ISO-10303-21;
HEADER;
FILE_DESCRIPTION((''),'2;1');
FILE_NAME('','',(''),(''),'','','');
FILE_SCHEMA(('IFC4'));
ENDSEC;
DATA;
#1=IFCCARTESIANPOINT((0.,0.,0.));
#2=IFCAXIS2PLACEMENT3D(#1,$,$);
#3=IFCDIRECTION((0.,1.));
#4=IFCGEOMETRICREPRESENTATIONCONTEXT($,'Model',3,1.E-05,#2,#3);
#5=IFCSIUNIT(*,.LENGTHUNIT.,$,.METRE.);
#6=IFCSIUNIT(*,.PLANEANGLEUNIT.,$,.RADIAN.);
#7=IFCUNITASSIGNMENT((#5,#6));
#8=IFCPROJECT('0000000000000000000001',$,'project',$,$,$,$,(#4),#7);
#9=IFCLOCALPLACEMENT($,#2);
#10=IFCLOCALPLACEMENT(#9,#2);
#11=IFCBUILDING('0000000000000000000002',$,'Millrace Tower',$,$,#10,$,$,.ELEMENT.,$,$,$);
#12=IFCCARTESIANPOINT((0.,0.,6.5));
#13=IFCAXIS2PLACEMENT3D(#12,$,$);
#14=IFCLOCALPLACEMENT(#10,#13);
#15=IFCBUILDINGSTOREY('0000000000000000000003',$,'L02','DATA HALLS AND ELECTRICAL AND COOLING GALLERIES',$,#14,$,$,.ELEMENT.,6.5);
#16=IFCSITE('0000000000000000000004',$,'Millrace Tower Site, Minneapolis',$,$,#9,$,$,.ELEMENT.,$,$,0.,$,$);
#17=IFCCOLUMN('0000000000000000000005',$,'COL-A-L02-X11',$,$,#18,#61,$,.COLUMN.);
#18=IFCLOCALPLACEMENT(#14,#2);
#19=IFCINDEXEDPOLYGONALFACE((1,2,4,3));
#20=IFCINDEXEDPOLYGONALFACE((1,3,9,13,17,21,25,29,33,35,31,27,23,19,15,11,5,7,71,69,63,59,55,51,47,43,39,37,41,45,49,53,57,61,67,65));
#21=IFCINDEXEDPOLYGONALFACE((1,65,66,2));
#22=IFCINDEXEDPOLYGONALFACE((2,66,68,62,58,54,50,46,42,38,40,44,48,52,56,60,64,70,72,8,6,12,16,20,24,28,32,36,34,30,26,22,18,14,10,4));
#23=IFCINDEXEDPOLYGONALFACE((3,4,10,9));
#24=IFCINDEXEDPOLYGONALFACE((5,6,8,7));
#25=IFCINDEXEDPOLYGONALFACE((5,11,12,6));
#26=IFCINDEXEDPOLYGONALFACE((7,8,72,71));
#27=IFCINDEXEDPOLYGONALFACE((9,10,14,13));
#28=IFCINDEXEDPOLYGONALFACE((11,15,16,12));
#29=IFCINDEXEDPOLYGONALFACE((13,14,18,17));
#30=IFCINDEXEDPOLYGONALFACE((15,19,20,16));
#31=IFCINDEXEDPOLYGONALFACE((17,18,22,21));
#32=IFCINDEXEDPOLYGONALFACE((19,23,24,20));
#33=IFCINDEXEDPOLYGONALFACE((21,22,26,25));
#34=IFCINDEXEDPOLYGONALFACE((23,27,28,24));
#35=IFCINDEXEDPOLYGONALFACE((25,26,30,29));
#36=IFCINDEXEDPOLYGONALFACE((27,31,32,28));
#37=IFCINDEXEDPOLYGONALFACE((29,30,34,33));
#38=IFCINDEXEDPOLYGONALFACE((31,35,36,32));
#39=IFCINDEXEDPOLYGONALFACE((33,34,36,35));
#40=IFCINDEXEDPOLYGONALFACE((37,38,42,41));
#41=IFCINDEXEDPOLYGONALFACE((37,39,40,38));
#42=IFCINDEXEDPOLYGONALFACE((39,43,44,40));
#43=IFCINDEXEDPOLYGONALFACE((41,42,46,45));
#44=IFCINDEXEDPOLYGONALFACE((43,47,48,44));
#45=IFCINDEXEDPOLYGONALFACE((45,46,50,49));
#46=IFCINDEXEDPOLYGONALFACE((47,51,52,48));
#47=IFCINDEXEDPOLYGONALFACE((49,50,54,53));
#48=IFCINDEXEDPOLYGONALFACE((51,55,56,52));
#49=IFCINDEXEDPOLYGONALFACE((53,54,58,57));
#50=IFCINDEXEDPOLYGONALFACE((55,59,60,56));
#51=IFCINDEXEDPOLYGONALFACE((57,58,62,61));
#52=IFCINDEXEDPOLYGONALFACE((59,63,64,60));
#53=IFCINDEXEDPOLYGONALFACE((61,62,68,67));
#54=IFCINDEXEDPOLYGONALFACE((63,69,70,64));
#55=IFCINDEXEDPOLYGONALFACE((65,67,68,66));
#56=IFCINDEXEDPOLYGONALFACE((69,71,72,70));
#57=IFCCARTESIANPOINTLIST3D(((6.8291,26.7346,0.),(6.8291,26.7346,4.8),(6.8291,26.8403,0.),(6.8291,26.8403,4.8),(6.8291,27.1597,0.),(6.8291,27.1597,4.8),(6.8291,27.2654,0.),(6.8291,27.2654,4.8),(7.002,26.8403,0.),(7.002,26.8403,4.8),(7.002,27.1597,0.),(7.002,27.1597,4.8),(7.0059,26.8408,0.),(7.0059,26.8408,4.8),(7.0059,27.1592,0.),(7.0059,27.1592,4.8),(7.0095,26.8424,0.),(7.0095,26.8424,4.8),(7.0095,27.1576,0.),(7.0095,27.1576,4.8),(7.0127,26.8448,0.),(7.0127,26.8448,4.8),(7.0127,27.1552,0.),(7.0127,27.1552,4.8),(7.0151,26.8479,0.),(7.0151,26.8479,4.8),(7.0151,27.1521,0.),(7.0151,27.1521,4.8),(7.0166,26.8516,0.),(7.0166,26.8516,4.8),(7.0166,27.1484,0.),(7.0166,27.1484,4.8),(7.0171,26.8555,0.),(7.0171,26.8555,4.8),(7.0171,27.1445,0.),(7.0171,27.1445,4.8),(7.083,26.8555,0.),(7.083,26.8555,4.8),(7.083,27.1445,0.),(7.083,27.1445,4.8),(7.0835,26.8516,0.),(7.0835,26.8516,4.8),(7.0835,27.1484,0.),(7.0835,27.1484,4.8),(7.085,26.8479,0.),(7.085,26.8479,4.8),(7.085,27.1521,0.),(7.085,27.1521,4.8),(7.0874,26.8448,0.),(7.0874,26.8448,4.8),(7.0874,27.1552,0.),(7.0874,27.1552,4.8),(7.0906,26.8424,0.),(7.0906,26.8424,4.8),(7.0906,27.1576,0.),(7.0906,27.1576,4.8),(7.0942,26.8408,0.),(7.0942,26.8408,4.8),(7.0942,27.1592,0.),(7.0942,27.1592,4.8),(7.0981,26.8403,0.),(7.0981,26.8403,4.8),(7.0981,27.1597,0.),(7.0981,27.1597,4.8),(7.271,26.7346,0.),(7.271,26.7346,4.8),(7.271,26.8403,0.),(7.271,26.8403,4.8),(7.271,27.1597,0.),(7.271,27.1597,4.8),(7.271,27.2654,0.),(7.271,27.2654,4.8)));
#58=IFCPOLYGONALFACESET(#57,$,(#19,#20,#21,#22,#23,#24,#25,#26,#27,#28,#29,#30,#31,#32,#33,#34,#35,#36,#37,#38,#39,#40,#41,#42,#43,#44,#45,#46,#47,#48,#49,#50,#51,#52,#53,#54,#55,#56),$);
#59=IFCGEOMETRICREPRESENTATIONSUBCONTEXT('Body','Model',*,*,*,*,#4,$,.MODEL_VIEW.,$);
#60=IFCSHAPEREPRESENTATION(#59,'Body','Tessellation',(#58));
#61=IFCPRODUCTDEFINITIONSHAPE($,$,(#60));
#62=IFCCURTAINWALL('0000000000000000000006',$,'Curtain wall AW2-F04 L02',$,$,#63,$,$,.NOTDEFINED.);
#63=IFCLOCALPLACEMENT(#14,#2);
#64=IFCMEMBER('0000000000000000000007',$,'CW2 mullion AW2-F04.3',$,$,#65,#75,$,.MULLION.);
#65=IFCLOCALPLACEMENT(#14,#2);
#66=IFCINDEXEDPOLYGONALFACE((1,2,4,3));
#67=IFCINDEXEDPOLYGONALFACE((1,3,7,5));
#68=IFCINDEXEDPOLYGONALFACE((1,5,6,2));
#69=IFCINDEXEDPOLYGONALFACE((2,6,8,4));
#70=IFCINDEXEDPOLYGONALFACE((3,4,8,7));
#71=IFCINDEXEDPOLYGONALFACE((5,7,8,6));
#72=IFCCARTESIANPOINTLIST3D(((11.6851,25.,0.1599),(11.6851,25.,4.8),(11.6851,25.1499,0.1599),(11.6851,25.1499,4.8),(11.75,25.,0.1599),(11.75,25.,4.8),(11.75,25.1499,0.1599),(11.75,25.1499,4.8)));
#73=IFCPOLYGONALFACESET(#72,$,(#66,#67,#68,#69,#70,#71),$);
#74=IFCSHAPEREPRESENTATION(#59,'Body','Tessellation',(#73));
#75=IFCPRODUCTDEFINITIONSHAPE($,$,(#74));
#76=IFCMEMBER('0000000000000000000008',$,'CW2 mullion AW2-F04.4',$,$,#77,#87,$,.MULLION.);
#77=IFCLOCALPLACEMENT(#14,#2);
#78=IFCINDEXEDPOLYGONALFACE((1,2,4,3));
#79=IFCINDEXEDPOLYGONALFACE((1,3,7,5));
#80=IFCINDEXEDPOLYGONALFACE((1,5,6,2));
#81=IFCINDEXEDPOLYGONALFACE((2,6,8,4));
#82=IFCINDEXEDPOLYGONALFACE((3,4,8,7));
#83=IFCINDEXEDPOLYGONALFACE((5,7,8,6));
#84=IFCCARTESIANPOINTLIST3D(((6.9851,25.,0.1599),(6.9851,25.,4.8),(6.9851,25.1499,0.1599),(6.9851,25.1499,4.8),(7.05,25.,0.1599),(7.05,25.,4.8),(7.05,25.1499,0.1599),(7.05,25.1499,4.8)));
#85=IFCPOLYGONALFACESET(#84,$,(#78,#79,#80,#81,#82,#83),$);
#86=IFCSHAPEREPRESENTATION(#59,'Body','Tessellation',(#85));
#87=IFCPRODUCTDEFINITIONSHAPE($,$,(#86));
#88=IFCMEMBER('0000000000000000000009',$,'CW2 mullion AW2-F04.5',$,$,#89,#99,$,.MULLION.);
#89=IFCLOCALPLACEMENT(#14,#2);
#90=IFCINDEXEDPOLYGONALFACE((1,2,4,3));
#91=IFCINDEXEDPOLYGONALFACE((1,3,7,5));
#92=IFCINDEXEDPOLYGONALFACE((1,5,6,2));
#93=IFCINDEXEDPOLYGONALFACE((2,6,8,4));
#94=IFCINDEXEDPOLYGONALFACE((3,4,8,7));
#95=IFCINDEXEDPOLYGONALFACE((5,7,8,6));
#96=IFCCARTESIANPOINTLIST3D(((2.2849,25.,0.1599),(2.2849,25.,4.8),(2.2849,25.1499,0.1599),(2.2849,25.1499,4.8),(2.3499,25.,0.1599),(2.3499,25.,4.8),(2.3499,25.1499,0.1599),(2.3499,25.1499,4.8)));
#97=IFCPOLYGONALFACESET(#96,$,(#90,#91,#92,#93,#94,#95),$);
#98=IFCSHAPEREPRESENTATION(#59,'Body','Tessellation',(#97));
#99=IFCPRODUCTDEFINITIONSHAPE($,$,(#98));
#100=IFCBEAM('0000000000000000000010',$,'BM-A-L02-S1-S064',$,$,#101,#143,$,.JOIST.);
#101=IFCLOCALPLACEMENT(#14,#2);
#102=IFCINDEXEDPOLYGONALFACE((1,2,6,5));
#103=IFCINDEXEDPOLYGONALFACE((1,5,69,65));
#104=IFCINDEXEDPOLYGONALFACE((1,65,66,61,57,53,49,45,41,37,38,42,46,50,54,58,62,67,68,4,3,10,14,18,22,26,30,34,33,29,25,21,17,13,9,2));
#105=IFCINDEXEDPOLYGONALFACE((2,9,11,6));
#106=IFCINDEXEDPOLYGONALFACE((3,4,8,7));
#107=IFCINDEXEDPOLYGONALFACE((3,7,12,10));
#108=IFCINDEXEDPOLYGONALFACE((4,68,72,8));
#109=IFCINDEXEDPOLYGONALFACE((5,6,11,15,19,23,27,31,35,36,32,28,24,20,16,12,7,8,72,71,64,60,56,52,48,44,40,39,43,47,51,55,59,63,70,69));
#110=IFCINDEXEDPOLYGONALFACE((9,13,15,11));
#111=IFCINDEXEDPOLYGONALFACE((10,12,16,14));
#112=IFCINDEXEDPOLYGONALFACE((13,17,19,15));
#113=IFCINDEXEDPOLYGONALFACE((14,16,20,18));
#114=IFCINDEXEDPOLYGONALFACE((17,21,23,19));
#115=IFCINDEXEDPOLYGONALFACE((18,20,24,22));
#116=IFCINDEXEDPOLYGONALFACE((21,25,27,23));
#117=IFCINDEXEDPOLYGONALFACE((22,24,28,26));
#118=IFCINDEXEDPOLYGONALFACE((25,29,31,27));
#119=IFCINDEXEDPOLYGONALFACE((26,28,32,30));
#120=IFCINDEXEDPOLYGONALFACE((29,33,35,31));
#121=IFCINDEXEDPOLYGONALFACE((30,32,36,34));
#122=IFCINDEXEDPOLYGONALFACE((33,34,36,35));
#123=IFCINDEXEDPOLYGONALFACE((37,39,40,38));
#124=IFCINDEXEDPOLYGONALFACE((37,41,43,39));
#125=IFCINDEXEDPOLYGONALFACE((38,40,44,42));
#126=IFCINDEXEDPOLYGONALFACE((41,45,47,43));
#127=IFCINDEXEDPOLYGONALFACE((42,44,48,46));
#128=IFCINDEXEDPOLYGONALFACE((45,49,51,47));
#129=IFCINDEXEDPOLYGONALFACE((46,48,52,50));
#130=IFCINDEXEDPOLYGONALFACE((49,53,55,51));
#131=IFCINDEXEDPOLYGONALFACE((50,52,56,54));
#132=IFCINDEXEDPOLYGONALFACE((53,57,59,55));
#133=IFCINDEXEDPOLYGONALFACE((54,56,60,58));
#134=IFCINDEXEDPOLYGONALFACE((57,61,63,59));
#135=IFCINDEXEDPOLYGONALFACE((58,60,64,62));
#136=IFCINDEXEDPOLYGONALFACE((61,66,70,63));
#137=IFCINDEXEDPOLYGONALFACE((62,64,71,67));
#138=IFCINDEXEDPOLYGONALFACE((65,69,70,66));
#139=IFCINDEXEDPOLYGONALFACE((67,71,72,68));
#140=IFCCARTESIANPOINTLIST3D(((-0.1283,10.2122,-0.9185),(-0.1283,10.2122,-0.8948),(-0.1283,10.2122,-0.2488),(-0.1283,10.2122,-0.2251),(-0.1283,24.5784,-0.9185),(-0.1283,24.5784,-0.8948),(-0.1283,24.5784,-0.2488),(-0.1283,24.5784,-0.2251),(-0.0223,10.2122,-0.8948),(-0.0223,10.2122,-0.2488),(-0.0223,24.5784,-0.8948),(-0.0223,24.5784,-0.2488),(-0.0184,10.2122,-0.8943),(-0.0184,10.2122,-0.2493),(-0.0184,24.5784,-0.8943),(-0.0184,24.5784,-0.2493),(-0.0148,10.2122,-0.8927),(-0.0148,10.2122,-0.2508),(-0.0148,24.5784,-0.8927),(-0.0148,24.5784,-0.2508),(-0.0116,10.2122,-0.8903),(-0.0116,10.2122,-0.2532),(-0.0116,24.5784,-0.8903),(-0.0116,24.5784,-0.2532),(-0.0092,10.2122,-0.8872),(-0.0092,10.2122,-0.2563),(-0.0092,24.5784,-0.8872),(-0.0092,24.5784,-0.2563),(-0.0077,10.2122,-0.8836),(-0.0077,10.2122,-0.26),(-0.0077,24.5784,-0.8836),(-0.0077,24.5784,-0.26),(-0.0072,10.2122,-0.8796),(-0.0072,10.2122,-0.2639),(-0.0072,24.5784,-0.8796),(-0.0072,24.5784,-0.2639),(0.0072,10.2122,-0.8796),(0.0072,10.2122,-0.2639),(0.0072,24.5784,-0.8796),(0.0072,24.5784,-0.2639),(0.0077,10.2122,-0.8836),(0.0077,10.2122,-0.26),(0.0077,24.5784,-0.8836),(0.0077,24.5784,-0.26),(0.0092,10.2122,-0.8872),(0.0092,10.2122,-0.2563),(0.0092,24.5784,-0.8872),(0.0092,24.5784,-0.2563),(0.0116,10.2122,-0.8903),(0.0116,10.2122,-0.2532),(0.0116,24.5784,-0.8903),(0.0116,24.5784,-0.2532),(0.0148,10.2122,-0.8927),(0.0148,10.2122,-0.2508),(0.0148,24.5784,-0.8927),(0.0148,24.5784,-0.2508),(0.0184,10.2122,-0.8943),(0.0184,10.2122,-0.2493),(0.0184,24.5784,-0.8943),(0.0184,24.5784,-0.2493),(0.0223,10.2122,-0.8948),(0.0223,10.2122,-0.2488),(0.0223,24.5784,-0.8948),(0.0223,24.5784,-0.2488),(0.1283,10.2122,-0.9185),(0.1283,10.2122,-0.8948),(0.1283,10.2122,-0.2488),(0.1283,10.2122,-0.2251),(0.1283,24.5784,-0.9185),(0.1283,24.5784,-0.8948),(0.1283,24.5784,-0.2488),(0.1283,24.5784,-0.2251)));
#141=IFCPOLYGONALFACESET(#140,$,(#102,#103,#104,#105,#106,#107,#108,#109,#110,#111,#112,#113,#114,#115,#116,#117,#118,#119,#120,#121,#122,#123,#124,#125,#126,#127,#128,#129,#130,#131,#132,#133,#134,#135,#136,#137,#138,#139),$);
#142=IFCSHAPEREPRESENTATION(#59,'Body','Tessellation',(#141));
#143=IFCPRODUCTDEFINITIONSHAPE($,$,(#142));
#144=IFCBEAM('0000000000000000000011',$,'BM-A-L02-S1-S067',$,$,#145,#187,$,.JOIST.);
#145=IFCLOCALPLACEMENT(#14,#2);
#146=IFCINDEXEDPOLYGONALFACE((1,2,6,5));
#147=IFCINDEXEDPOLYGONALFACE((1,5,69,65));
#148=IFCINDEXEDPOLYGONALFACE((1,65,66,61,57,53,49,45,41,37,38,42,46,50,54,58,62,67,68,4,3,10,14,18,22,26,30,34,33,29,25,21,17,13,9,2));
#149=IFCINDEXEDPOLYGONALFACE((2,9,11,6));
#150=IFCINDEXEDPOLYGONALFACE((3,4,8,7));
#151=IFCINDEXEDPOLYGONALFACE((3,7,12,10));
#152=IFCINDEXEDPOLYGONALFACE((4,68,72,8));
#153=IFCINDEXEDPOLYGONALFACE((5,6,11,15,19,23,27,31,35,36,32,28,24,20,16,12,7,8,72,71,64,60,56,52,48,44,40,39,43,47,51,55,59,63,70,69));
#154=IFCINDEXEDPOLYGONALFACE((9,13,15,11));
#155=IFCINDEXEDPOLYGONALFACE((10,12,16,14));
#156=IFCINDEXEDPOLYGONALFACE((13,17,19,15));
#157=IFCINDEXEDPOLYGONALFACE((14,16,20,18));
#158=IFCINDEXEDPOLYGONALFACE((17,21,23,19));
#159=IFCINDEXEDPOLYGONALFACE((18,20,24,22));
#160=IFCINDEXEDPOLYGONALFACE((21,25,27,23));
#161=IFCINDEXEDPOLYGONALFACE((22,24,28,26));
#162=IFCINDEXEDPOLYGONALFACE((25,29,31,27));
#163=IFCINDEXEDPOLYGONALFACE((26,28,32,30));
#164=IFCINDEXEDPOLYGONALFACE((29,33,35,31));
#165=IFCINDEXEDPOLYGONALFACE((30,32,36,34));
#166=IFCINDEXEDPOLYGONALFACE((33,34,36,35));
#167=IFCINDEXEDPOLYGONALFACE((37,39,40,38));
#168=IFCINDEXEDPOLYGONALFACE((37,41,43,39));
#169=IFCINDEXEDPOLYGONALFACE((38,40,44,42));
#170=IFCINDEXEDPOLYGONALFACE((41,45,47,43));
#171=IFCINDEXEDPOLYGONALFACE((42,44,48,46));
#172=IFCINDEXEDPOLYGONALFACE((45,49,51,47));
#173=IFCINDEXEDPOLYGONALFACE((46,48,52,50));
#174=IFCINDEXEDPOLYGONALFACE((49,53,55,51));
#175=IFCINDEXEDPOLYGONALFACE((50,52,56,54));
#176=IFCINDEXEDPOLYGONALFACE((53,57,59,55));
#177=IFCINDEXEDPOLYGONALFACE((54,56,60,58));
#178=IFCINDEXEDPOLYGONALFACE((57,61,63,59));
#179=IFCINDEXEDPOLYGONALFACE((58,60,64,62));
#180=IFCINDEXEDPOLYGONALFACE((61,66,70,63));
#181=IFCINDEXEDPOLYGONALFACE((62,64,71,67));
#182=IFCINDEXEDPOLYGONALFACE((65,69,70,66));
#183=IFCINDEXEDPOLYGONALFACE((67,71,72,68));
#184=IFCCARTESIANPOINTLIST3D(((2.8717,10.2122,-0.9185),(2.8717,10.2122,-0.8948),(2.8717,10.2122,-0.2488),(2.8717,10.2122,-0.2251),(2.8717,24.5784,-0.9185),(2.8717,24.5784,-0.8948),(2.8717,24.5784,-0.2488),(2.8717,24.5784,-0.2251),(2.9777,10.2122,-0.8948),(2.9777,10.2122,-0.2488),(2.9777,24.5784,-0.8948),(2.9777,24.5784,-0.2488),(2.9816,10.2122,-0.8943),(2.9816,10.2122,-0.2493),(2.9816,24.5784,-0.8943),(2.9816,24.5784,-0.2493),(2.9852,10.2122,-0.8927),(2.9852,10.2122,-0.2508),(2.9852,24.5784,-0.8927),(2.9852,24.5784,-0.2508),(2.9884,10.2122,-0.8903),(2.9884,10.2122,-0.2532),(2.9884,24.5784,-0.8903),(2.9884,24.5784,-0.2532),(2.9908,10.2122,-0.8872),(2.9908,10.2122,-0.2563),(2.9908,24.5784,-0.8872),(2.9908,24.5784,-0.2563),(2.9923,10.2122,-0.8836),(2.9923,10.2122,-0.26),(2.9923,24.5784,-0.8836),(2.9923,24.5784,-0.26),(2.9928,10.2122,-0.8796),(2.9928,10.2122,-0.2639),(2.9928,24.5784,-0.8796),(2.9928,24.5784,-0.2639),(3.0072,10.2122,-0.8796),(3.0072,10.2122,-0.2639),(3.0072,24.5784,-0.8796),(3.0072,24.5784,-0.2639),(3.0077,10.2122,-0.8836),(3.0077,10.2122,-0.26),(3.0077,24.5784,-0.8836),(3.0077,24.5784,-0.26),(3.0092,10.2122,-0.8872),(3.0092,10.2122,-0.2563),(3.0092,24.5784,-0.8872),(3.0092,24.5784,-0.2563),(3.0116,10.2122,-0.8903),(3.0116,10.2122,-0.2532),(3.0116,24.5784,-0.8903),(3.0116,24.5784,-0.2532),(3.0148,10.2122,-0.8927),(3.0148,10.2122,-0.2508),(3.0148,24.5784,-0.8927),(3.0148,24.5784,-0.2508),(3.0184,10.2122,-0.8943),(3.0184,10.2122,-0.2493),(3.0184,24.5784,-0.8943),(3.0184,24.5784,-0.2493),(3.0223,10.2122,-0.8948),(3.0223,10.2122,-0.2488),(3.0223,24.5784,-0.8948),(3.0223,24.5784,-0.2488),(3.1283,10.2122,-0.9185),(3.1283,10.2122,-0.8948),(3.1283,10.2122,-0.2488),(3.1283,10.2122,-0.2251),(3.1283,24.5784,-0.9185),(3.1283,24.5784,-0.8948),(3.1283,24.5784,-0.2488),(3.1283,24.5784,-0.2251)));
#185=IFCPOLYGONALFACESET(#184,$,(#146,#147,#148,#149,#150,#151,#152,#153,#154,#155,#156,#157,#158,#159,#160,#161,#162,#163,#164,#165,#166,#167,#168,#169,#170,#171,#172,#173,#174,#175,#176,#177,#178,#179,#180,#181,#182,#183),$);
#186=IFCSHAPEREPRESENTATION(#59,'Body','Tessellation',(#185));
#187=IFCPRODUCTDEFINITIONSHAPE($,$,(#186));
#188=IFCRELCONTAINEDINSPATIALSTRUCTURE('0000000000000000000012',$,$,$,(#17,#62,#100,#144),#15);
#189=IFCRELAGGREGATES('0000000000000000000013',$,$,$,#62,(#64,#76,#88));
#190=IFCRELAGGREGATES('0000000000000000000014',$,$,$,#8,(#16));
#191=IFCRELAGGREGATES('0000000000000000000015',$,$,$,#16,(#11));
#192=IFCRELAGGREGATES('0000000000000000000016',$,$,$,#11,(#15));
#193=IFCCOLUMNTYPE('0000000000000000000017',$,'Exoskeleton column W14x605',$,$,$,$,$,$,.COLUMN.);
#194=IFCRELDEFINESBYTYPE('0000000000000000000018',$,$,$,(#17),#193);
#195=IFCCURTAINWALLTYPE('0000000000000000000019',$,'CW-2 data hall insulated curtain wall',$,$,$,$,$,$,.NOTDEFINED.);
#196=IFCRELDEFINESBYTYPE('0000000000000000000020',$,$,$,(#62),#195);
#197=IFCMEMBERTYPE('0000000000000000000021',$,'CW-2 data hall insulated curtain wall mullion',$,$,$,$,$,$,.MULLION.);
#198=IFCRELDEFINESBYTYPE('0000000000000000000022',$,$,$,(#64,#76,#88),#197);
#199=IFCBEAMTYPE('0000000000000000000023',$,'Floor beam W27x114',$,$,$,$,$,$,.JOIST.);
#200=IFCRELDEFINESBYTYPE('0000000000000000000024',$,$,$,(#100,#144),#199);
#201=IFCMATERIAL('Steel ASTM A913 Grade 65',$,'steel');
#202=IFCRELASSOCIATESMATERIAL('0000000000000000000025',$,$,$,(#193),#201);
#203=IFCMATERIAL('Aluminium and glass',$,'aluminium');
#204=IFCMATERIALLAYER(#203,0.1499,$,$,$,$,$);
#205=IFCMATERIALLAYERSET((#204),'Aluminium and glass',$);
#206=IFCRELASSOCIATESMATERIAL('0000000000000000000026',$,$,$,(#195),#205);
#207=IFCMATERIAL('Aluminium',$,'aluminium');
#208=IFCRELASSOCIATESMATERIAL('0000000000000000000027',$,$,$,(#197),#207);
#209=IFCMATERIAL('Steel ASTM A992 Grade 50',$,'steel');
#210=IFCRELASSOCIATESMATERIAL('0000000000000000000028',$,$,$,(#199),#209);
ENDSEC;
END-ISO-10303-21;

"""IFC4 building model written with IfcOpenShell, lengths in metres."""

from ifc_helpers import new_model, si_unit, direction, frame, origin, origin_2d, place, context, subcontext, project, spatial, rectangle, i_section, extrude, material, layer, layer_set, material_profile, profile_set, type_object, element, aggregate, save


model = new_model("IFC4")

# Units and contexts
model_context = context("Model", 3, precision=1e-05, world=origin(), true_north=direction((0.0, 1.0)))
body_context = subcontext(model_context, "Body", "Model", "MODEL_VIEW")
ifc_project = project(units=[si_unit("LENGTHUNIT", "METRE"), si_unit("PLANEANGLEUNIT", "RADIAN")], contexts=[model_context])

# Site, building, storey
site_placement = place(None, origin())
site = spatial("IfcSite", under=ifc_project, at=site_placement, Name="Millrace Tower Site, Minneapolis", CompositionType="ELEMENT", RefElevation=0.0)
building_placement = place(site_placement, origin())
building = spatial("IfcBuilding", under=site, at=building_placement, Name="Millrace Tower", CompositionType="ELEMENT")
storey_placement = place(building_placement, frame((0.0, 0.0, 6.5)))
storey = spatial("IfcBuildingStorey", under=building, at=storey_placement, Name="L02", Description="DATA HALLS AND ELECTRICAL AND COOLING GALLERIES", CompositionType="ELEMENT", Elevation=6.5)

# Column
ifc_material_1 = material(Name="Steel ASTM A913 Grade 65", Category="steel")
ifc_material_profile_1 = material_profile(ifc_material_1, i_section(OverallWidth=0.4419, OverallDepth=0.5308, WebThickness=0.0659, FlangeThickness=0.1057, FilletRadius=0.0151, at=origin_2d()))
ifc_profile_set_1 = profile_set([ifc_material_profile_1], Name="Steel ASTM A913 Grade 65")
column_type = type_object("IfcColumnType", Name="Exoskeleton column W14x605", PredefinedType="COLUMN", material=ifc_profile_set_1)
column_placement = place(storey_placement, frame((7.05, 27.0, 0.0), z_axis=(0.0, 0.0, 1.0), x_axis=(-1.0, 0.0, 0.0)))
element("IfcColumn", 1, at=column_placement, inside=storey, type_object=column_type, Name="COL-A-L02-X11", PredefinedType="COLUMN", context=body_context, shape_type="SweptSolid", body=[
    extrude(i_section(OverallWidth=0.4419, OverallDepth=0.5308, WebThickness=0.0659, FlangeThickness=0.1057, FilletRadius=0.0151, at=origin_2d()), origin(), (0.0, 0.0, 1.0), 4.8),
])

# Curtain wall, members
ifc_material_2 = material(Name="Aluminium and glass", Category="aluminium")
ifc_layer_1 = layer(ifc_material_2, 0.1499)
ifc_layer_set_1 = layer_set([ifc_layer_1], Name="Aluminium and glass")
curtain_wall_type = type_object("IfcCurtainWallType", Name="CW-2 data hall insulated curtain wall", PredefinedType="NOTDEFINED", material=ifc_layer_set_1)
curtain_wall_placement = place(storey_placement, origin())
curtain_wall = element("IfcCurtainWall", 2, at=curtain_wall_placement, inside=storey, type_object=curtain_wall_type, Name="Curtain wall AW2-F04 L02", PredefinedType="NOTDEFINED")
ifc_material_3 = material(Name="Aluminium", Category="aluminium")
ifc_material_profile_2 = material_profile(ifc_material_3, rectangle(XDim=0.0649, YDim=0.1499, at=origin_2d()))
ifc_profile_set_2 = profile_set([ifc_material_profile_2], Name="Aluminium")
member_type = type_object("IfcMemberType", Name="CW-2 data hall insulated curtain wall mullion", PredefinedType="MULLION", material=ifc_profile_set_2)
member_1_placement = place(storey_placement, frame((11.7175, 25.075, 0.1599), z_axis=(0.0, 0.0, 1.0), x_axis=(-1.0, 0.0, 0.0)))
member_1 = element("IfcMember", 3, at=member_1_placement, type_object=member_type, Name="CW2 mullion AW2-F04.3", PredefinedType="MULLION", context=body_context, shape_type="SweptSolid", body=[
    extrude(rectangle(XDim=0.0649, YDim=0.1499, at=origin_2d()), origin(), (0.0, 0.0, 1.0), 4.6401),
])
member_2_placement = place(storey_placement, frame((7.0176, 25.075, 0.1599), z_axis=(0.0, 0.0, 1.0), x_axis=(-1.0, 0.0, 0.0)))
member_2 = element("IfcMember", 4, at=member_2_placement, type_object=member_type, Name="CW2 mullion AW2-F04.4", PredefinedType="MULLION", context=body_context, shape_type="SweptSolid", body=[
    extrude(rectangle(XDim=0.0649, YDim=0.1499, at=origin_2d()), origin(), (0.0, 0.0, 1.0), 4.6401),
])
member_3_placement = place(storey_placement, frame((2.3174, 25.075, 0.1599), z_axis=(0.0, 0.0, 1.0), x_axis=(-1.0, 0.0, 0.0)))
member_3 = element("IfcMember", 5, at=member_3_placement, type_object=member_type, Name="CW2 mullion AW2-F04.5", PredefinedType="MULLION", context=body_context, shape_type="SweptSolid", body=[
    extrude(rectangle(XDim=0.0649, YDim=0.1499, at=origin_2d()), origin(), (0.0, 0.0, 1.0), 4.6401),
])
aggregate(curtain_wall, [member_1, member_2, member_3])

# Beams
ifc_material_4 = material(Name="Steel ASTM A992 Grade 50", Category="steel")
ifc_material_profile_3 = material_profile(ifc_material_4, i_section(OverallWidth=0.2566, OverallDepth=0.6934, WebThickness=0.0144, FlangeThickness=0.0237, FilletRadius=0.0151, at=origin_2d()))
ifc_profile_set_3 = profile_set([ifc_material_profile_3], Name="Steel ASTM A992 Grade 50")
beam_type_1 = type_object("IfcBeamType", Name="Floor beam W27x114", PredefinedType="JOIST", material=ifc_profile_set_3)
for number, where, z_axis, x_axis, name in (
    (6, (0.0, 10.2122, -0.5718), (0.0, 1.0, 0.0), (-1.0, 0.0, 0.0), "BM-A-L02-S1-S064"),
    (7, (3.0, 10.2122, -0.5718), (0.0, 1.0, 0.0), (-1.0, 0.0, 0.0), "BM-A-L02-S1-S067"),
):
    element("IfcBeam", number, at=place(storey_placement, frame(where, z_axis=z_axis, x_axis=x_axis)), inside=storey, type_object=beam_type_1, Name=name, PredefinedType="JOIST", context=body_context, shape_type="SweptSolid", body=[
        extrude(i_section(OverallWidth=0.2566, OverallDepth=0.6934, WebThickness=0.0144, FlangeThickness=0.0237, FilletRadius=0.0151, at=origin_2d()), origin(), (0.0, 0.0, 1.0), 14.3662),
    ])

save(model, "model.ifc")
